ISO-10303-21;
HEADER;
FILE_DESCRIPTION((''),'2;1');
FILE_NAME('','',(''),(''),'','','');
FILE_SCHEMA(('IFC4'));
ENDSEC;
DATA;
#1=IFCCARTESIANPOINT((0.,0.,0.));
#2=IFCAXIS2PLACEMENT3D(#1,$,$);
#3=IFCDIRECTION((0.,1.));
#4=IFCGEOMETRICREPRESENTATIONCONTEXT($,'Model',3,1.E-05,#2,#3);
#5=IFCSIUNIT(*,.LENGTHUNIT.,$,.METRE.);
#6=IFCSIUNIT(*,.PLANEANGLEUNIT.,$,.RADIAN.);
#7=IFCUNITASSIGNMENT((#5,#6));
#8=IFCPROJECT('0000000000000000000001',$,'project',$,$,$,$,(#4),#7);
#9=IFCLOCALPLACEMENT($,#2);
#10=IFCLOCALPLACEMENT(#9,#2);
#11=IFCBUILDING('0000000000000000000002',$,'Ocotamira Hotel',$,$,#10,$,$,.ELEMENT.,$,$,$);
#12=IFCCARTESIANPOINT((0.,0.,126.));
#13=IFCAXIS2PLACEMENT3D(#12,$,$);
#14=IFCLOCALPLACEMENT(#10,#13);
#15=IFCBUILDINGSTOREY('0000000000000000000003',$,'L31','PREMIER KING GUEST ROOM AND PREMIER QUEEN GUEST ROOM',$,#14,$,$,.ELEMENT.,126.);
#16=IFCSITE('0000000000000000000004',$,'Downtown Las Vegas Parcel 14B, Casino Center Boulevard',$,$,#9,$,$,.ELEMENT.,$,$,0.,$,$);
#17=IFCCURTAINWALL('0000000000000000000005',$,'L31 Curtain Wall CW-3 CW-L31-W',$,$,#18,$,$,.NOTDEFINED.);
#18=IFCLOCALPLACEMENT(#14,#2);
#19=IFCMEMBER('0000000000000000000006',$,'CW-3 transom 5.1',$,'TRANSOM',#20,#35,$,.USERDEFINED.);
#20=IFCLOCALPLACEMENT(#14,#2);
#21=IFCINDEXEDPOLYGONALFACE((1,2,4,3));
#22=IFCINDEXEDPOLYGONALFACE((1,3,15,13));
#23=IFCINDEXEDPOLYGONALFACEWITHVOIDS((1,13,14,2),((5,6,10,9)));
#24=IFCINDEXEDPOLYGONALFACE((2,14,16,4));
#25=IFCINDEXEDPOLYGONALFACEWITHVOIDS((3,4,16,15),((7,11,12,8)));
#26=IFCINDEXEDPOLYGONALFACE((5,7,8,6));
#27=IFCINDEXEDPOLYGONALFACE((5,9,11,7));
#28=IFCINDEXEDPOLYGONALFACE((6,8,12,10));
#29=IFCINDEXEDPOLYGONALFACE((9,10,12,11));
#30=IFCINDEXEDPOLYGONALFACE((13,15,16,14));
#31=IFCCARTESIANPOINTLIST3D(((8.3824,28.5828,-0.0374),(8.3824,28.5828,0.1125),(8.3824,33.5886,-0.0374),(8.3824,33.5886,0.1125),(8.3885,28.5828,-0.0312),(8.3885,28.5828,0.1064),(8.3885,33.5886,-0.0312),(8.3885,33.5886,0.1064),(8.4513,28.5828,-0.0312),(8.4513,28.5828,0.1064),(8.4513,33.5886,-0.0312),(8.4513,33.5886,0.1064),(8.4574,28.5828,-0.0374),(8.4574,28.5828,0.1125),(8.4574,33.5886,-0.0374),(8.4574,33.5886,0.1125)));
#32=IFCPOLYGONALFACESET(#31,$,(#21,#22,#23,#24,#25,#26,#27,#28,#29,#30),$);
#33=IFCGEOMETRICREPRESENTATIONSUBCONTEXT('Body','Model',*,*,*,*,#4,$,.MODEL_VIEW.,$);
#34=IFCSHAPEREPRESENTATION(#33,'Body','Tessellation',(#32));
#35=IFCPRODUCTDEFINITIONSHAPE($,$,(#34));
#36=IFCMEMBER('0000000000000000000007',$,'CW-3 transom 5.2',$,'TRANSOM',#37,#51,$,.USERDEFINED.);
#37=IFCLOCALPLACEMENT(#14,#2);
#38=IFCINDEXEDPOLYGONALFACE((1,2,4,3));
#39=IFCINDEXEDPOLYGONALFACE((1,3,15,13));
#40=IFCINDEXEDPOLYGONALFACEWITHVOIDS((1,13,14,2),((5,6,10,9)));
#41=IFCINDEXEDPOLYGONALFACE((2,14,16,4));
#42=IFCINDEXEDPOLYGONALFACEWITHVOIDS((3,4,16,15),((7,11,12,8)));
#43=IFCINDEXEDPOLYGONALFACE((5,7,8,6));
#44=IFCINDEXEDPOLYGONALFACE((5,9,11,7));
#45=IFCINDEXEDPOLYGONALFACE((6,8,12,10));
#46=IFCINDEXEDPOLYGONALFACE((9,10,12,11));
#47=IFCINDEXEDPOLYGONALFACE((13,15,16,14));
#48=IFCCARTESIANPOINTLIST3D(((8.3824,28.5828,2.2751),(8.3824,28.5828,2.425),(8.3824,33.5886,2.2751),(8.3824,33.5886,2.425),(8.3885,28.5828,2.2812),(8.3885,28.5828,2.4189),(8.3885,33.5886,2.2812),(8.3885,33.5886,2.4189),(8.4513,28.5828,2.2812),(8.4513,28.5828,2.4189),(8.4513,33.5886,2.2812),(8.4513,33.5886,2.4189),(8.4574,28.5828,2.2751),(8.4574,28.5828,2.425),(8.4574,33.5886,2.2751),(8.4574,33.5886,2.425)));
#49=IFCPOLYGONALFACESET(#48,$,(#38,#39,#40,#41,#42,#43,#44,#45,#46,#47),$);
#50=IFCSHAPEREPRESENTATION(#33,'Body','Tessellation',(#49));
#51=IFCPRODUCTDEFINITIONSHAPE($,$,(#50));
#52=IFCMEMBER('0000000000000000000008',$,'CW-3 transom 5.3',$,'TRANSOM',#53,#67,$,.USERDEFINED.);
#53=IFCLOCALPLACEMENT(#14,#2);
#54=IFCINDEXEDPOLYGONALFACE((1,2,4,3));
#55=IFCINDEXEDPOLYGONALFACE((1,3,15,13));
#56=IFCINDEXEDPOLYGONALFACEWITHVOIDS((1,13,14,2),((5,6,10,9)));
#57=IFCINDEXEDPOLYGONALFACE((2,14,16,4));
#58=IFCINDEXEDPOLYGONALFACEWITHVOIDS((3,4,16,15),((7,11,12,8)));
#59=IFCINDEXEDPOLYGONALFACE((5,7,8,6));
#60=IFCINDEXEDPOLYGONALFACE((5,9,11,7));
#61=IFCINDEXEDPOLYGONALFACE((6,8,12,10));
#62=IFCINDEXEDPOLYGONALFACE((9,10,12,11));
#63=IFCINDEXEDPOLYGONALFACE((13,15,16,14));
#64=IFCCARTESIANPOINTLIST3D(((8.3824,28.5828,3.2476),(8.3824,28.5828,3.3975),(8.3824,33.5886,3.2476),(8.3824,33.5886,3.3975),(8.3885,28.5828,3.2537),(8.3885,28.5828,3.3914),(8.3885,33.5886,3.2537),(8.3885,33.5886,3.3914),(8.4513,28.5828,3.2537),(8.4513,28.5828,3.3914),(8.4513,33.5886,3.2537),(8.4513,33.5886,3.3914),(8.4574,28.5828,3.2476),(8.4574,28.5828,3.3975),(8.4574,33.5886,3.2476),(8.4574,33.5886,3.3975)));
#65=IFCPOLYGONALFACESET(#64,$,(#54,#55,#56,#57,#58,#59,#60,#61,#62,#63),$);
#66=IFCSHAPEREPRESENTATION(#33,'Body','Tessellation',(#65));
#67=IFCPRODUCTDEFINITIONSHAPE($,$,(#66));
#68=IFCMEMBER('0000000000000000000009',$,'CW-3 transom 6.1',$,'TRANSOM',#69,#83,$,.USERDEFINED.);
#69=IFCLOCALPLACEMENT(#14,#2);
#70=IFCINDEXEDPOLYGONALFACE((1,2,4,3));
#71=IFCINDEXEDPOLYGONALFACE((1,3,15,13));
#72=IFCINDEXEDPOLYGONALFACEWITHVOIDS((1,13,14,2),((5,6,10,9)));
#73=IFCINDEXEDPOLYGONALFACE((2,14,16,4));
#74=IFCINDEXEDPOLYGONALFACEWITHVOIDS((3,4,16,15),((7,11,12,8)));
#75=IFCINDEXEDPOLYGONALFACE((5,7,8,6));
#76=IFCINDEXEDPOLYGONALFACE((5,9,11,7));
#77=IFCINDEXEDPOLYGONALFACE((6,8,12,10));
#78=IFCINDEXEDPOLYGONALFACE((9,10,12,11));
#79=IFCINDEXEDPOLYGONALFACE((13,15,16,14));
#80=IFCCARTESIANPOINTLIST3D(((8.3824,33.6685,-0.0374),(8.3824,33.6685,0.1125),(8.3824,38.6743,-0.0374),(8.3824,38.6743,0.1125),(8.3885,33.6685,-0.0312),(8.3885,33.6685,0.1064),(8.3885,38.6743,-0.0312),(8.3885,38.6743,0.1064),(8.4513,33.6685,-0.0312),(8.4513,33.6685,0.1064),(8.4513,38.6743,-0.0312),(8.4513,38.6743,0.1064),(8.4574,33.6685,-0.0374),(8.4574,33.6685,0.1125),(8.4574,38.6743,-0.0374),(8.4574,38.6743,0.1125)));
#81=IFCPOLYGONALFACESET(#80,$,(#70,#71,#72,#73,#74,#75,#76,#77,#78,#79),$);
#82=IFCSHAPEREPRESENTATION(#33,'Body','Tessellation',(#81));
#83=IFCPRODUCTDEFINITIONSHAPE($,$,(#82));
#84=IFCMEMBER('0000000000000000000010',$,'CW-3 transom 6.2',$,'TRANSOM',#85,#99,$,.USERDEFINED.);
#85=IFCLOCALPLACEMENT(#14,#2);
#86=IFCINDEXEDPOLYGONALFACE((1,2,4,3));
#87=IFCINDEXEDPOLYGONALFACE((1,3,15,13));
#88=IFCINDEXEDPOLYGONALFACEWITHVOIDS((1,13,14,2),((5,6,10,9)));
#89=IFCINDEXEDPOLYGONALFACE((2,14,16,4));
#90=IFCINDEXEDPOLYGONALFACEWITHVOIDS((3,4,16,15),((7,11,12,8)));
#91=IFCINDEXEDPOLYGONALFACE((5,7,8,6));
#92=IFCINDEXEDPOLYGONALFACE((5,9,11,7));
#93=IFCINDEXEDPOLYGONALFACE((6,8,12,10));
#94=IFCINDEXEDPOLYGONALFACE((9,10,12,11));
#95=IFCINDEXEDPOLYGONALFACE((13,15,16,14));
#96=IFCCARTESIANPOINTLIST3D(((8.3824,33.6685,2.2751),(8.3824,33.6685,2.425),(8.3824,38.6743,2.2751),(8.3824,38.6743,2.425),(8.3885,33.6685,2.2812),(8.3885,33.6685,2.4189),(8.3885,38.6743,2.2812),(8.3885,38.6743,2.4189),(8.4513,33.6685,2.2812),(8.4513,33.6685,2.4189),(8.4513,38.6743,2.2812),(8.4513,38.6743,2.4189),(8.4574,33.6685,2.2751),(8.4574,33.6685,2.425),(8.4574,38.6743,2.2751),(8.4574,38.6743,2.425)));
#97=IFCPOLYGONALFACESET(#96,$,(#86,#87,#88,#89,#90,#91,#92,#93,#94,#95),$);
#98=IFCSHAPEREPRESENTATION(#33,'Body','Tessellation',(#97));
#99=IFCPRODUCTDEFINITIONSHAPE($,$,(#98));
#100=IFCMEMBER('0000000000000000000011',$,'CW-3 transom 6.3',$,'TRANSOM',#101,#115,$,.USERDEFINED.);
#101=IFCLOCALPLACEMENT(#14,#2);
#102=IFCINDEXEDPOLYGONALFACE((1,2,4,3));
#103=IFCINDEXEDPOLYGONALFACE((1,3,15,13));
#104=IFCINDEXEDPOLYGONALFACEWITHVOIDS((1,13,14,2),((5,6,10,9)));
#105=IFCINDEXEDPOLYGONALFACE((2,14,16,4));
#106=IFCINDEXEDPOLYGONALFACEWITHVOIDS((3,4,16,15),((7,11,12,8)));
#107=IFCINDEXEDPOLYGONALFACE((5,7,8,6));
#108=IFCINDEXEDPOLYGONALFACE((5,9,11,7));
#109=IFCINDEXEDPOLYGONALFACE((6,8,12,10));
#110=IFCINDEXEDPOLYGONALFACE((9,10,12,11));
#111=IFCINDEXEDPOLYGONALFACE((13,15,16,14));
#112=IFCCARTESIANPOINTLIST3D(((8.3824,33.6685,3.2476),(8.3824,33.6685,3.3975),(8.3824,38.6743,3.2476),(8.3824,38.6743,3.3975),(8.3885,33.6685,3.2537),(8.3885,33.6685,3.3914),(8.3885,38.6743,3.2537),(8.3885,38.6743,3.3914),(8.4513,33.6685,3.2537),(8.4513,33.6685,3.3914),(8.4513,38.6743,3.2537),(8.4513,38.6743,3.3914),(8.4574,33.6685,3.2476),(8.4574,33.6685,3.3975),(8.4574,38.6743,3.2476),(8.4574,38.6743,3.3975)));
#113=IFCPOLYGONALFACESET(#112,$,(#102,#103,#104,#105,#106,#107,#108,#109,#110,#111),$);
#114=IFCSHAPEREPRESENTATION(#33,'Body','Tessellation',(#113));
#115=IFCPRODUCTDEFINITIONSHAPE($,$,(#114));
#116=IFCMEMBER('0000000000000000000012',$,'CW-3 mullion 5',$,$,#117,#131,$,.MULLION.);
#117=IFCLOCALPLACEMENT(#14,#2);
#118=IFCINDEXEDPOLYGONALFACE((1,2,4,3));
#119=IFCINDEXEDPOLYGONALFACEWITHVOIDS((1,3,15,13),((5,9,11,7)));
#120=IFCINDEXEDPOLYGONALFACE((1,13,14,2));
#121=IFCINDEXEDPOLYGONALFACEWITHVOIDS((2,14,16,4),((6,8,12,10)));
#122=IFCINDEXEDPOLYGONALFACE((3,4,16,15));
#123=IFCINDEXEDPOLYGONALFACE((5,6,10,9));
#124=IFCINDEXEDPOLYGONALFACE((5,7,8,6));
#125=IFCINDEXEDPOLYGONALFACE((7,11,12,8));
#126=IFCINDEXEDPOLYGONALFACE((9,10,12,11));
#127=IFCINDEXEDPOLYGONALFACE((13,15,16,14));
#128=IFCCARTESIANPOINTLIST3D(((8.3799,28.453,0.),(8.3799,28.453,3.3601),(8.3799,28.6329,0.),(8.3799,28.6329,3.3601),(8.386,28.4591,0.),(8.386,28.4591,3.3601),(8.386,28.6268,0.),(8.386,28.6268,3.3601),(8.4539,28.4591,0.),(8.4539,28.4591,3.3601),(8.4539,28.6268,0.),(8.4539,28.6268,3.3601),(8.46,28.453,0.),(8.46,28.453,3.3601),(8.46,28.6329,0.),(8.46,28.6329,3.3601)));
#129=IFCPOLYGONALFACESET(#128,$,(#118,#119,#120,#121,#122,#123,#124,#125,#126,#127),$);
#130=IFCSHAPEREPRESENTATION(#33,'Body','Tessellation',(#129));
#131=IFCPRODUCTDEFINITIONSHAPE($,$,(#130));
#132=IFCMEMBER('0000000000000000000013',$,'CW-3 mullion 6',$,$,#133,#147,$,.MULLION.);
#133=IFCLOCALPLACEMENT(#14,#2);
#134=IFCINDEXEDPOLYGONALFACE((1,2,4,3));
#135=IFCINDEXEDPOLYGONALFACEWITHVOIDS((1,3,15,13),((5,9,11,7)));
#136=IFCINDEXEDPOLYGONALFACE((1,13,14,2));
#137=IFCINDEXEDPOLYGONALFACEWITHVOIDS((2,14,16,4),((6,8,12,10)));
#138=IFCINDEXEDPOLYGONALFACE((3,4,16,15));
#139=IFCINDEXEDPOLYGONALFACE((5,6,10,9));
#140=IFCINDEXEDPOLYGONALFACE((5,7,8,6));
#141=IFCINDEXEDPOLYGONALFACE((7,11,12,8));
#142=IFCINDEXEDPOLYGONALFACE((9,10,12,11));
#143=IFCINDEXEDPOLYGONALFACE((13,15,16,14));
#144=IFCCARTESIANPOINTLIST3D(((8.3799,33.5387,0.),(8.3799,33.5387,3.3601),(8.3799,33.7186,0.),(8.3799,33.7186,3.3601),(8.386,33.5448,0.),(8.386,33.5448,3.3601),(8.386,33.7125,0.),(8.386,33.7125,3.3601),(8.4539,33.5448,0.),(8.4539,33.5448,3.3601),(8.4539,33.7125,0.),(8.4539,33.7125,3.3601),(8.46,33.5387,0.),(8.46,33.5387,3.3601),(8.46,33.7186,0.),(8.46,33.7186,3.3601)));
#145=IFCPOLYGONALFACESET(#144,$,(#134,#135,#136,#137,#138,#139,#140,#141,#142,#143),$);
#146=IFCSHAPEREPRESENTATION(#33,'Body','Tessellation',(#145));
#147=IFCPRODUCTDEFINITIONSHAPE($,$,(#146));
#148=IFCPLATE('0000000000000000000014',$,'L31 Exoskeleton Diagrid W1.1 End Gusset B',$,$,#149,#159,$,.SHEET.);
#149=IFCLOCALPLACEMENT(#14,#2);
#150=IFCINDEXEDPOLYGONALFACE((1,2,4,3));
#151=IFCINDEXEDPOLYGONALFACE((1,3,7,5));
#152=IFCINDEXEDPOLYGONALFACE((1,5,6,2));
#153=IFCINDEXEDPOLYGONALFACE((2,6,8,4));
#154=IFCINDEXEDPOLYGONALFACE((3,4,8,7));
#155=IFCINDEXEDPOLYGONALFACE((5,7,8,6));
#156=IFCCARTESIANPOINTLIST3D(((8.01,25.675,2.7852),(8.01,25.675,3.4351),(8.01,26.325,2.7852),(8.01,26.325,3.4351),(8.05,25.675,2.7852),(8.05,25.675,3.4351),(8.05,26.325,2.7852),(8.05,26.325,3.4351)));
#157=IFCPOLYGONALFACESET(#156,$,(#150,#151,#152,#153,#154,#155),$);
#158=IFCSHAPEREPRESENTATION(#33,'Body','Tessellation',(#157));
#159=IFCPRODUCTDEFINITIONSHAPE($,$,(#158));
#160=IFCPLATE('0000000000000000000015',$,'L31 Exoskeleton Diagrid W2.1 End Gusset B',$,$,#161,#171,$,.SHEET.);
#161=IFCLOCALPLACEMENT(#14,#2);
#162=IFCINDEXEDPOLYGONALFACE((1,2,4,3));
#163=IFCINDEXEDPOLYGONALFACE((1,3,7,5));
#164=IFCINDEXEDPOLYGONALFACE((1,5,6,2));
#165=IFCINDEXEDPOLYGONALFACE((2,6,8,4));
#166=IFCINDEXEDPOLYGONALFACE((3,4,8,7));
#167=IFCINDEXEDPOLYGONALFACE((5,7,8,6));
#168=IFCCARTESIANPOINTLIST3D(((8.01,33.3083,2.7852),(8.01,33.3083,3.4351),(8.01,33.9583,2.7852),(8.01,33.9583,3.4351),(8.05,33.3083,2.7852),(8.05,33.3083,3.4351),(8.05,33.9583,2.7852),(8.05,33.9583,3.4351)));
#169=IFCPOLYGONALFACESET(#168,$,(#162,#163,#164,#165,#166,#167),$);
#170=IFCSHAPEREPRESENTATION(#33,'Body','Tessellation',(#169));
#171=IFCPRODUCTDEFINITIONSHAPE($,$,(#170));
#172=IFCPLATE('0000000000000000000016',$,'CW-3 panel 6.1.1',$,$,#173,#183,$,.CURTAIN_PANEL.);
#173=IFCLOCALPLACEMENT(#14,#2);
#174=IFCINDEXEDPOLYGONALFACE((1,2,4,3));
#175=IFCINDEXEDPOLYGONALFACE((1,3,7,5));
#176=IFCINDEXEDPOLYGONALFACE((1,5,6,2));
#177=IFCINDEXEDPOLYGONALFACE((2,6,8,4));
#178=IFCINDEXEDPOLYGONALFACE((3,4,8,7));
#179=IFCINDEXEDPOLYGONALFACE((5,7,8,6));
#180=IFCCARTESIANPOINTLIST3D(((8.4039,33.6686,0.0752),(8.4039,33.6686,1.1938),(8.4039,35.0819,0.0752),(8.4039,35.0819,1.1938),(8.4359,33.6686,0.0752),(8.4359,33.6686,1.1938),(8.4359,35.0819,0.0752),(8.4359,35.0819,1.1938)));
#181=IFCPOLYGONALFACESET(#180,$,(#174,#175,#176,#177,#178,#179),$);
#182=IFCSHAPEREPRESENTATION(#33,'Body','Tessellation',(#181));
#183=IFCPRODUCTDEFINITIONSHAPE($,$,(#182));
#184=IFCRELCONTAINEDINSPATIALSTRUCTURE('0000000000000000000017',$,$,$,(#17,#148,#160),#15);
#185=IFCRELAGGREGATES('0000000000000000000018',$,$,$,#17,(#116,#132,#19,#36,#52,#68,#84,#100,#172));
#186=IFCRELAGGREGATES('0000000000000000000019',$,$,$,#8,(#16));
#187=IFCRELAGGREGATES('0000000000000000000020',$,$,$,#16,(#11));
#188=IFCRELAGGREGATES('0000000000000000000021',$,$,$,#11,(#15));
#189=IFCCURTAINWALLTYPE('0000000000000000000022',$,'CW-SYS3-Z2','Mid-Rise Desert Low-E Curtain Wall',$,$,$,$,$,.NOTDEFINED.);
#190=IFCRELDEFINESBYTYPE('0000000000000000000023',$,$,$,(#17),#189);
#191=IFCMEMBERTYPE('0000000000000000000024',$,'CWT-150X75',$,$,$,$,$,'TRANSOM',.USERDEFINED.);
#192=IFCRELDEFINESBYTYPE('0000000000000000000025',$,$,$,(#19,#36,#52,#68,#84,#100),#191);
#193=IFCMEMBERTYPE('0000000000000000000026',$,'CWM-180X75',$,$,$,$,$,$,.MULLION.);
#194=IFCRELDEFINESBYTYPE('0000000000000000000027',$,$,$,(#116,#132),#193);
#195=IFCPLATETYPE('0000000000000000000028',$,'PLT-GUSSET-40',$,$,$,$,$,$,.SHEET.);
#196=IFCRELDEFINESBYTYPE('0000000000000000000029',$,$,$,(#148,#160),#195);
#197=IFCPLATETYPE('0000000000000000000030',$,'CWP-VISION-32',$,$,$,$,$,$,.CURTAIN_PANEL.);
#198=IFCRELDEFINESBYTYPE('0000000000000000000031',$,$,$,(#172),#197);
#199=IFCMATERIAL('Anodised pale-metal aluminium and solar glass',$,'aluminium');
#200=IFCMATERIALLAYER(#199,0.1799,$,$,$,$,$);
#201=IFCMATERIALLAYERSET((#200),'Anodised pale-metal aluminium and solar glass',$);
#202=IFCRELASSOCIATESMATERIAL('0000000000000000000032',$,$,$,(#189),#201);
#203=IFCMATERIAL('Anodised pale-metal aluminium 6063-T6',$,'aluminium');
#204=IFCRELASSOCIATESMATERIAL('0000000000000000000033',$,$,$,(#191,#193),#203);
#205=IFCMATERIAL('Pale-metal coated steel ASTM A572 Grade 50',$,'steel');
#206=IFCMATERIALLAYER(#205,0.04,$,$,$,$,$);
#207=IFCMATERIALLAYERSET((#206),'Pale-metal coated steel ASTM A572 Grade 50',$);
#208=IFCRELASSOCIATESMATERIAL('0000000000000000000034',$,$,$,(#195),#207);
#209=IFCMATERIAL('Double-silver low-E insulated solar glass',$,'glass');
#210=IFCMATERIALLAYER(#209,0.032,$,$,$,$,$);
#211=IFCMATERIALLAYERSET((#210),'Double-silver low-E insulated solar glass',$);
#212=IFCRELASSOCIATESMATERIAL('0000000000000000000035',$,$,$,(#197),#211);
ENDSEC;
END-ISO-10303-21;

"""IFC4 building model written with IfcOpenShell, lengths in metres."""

from ifc_helpers import new_model, si_unit, direction, frame, origin, origin_2d, place, context, subcontext, project, spatial, rectangle, hollow_rectangle, extrude, source, transform, mapped, material, layer, layer_set, material_profile, profile_set, type_object, element, aggregate, save


model = new_model("IFC4")

# Units and contexts
model_context = context("Model", 3, precision=1e-05, world=origin(), true_north=direction((0.0, 1.0)))
body_context = subcontext(model_context, "Body", "Model", "MODEL_VIEW")
ifc_project = project(units=[si_unit("LENGTHUNIT", "METRE"), si_unit("PLANEANGLEUNIT", "RADIAN")], contexts=[model_context])

# Site, building, storey
site_placement = place(None, origin())
site = spatial("IfcSite", under=ifc_project, at=site_placement, Name="Downtown Las Vegas Parcel 14B, Casino Center Boulevard", CompositionType="ELEMENT", RefElevation=0.0)
building_placement = place(site_placement, origin())
building = spatial("IfcBuilding", under=site, at=building_placement, Name="Ocotamira Hotel", CompositionType="ELEMENT")
storey_placement = place(building_placement, frame((0.0, 0.0, 126.0)))
storey = spatial("IfcBuildingStorey", under=building, at=storey_placement, Name="L31", Description="PREMIER KING GUEST ROOM AND PREMIER QUEEN GUEST ROOM", CompositionType="ELEMENT", Elevation=126.0)

# Curtain wall, members
ifc_material_1 = material(Name="Anodised pale-metal aluminium and solar glass", Category="aluminium")
ifc_layer_1 = layer(ifc_material_1, 0.1799)
ifc_layer_set_1 = layer_set([ifc_layer_1], Name="Anodised pale-metal aluminium and solar glass")
curtain_wall_type = type_object("IfcCurtainWallType", Name="CW-SYS3-Z2", Description="Mid-Rise Desert Low-E Curtain Wall", PredefinedType="NOTDEFINED", material=ifc_layer_set_1)
curtain_wall_placement = place(storey_placement, origin())
curtain_wall = element("IfcCurtainWall", 1, at=curtain_wall_placement, inside=storey, type_object=curtain_wall_type, Name="L31 Curtain Wall CW-3 CW-L31-W", PredefinedType="NOTDEFINED")
ifc_material_2 = material(Name="Anodised pale-metal aluminium 6063-T6", Category="aluminium")
ifc_material_profile_1 = material_profile(ifc_material_2, hollow_rectangle(XDim=0.075, YDim=0.1499, WallThickness=0.0061, at=origin_2d()), Name="HSS150X75X6")
ifc_profile_set_1 = profile_set([ifc_material_profile_1], Name="Anodised pale-metal aluminium 6063-T6")
member_type_1 = type_object("IfcMemberType", Name="CWT-150X75", ElementType="TRANSOM", PredefinedType="USERDEFINED", material=ifc_profile_set_1)
shared_shape_1 = source(origin(), body_context, "Body", "SweptSolid", [
    extrude(hollow_rectangle(XDim=0.075, YDim=0.1499, WallThickness=0.0061, at=origin_2d()), origin(), (0.0, 0.0, 1.0), 5.0059),
])
member_1_placement = place(storey_placement, frame((8.4199, 28.5828, 0.0376), z_axis=(0.0, 1.0, 0.0), x_axis=(-1.0, 0.0, 0.0)))
member_1 = element("IfcMember", 2, at=member_1_placement, type_object=member_type_1, Name="CW-3 transom 5.1", ObjectType="TRANSOM", PredefinedType="USERDEFINED", context=body_context, shape_type="MappedRepresentation", body=[
    mapped(shared_shape_1, transform((0.0, 0.0, 0.0), scale=1.0)),
])
member_2_placement = place(storey_placement, frame((8.4199, 28.5828, 2.3501), z_axis=(0.0, 1.0, 0.0), x_axis=(-1.0, 0.0, 0.0)))
member_2 = element("IfcMember", 3, at=member_2_placement, type_object=member_type_1, Name="CW-3 transom 5.2", ObjectType="TRANSOM", PredefinedType="USERDEFINED", context=body_context, shape_type="MappedRepresentation", body=[
    mapped(shared_shape_1, transform((0.0, 0.0, 0.0), scale=1.0)),
])
member_3_placement = place(storey_placement, frame((8.4199, 28.5828, 3.3225), z_axis=(0.0, 1.0, 0.0), x_axis=(-1.0, 0.0, 0.0)))
member_3 = element("IfcMember", 4, at=member_3_placement, type_object=member_type_1, Name="CW-3 transom 5.3", ObjectType="TRANSOM", PredefinedType="USERDEFINED", context=body_context, shape_type="MappedRepresentation", body=[
    mapped(shared_shape_1, transform((0.0, 0.0, 0.0), scale=1.0)),
])
member_4_placement = place(storey_placement, frame((8.4199, 33.6685, 0.0376), z_axis=(0.0, 1.0, 0.0), x_axis=(-1.0, 0.0, 0.0)))
member_4 = element("IfcMember", 5, at=member_4_placement, type_object=member_type_1, Name="CW-3 transom 6.1", ObjectType="TRANSOM", PredefinedType="USERDEFINED", context=body_context, shape_type="MappedRepresentation", body=[
    mapped(shared_shape_1, transform((0.0, 0.0, 0.0), scale=1.0)),
])
member_5_placement = place(storey_placement, frame((8.4199, 33.6685, 2.3501), z_axis=(0.0, 1.0, 0.0), x_axis=(-1.0, 0.0, 0.0)))
member_5 = element("IfcMember", 6, at=member_5_placement, type_object=member_type_1, Name="CW-3 transom 6.2", ObjectType="TRANSOM", PredefinedType="USERDEFINED", context=body_context, shape_type="MappedRepresentation", body=[
    mapped(shared_shape_1, transform((0.0, 0.0, 0.0), scale=1.0)),
])
member_6_placement = place(storey_placement, frame((8.4199, 33.6685, 3.3225), z_axis=(0.0, 1.0, 0.0), x_axis=(-1.0, 0.0, 0.0)))
member_6 = element("IfcMember", 7, at=member_6_placement, type_object=member_type_1, Name="CW-3 transom 6.3", ObjectType="TRANSOM", PredefinedType="USERDEFINED", context=body_context, shape_type="MappedRepresentation", body=[
    mapped(shared_shape_1, transform((0.0, 0.0, 0.0), scale=1.0)),
])
ifc_material_profile_2 = material_profile(ifc_material_2, hollow_rectangle(XDim=0.0801, YDim=0.1799, WallThickness=0.0061, at=origin_2d()), Name="HSS180X80X6")
ifc_profile_set_2 = profile_set([ifc_material_profile_2], Name="Anodised pale-metal aluminium 6063-T6")
member_type_2 = type_object("IfcMemberType", Name="CWM-180X75", PredefinedType="MULLION", material=ifc_profile_set_2)
shared_shape_2 = source(origin(), body_context, "Body", "SweptSolid", [
    extrude(hollow_rectangle(XDim=0.0801, YDim=0.1799, WallThickness=0.0061, at=origin_2d()), origin(), (0.0, 0.0, 1.0), 3.3601),
])
member_7_placement = place(storey_placement, frame((8.4199, 28.543, 0.0), z_axis=(0.0, 0.0, 1.0), x_axis=(-1.0, 0.0, 0.0)))
member_7 = element("IfcMember", 8, at=member_7_placement, type_object=member_type_2, Name="CW-3 mullion 5", PredefinedType="MULLION", context=body_context, shape_type="MappedRepresentation", body=[
    mapped(shared_shape_2, transform((0.0, 0.0, 0.0), scale=1.0)),
])
member_8_placement = place(storey_placement, frame((8.4199, 33.6287, 0.0), z_axis=(0.0, 0.0, 1.0), x_axis=(-1.0, 0.0, 0.0)))
member_8 = element("IfcMember", 9, at=member_8_placement, type_object=member_type_2, Name="CW-3 mullion 6", PredefinedType="MULLION", context=body_context, shape_type="MappedRepresentation", body=[
    mapped(shared_shape_2, transform((0.0, 0.0, 0.0), scale=1.0)),
])

# Plates
ifc_material_3 = material(Name="Pale-metal coated steel ASTM A572 Grade 50", Category="steel")
ifc_layer_2 = layer(ifc_material_3, 0.04)
ifc_layer_set_2 = layer_set([ifc_layer_2], Name="Pale-metal coated steel ASTM A572 Grade 50")
plate_type_1 = type_object("IfcPlateType", Name="PLT-GUSSET-40", PredefinedType="SHEET", material=ifc_layer_set_2)
shared_shape_3 = source(origin(), body_context, "Body", "SweptSolid", [
    extrude(rectangle(XDim=0.04, YDim=0.6499, at=origin_2d()), origin(), (0.0, 0.0, 1.0), 0.6499),
])
for number, where, z_axis, x_axis, name in (
    (10, (8.03, 26.0, 2.7852), (0.0, 0.0, 1.0), (1.0, 0.0, 0.0), "L31 Exoskeleton Diagrid W1.1 End Gusset B"),
    (11, (8.03, 33.6333, 2.7852), (0.0, 0.0, 1.0), (1.0, 0.0, 0.0), "L31 Exoskeleton Diagrid W2.1 End Gusset B"),
):
    element("IfcPlate", number, at=place(storey_placement, frame(where, z_axis=z_axis, x_axis=x_axis)), inside=storey, type_object=plate_type_1, Name=name, PredefinedType="SHEET", context=body_context, shape_type="MappedRepresentation", body=[
        mapped(shared_shape_3, transform((0.0, 0.0, 0.0), scale=1.0)),
    ])

# Plate
ifc_material_4 = material(Name="Double-silver low-E insulated solar glass", Category="glass")
ifc_layer_3 = layer(ifc_material_4, 0.032)
ifc_layer_set_3 = layer_set([ifc_layer_3], Name="Double-silver low-E insulated solar glass")
plate_type_2 = type_object("IfcPlateType", Name="CWP-VISION-32", PredefinedType="CURTAIN_PANEL", material=ifc_layer_set_3)
shared_shape_4 = source(origin(), body_context, "Body", "SweptSolid", [
    extrude(rectangle(XDim=1.4133, YDim=0.032, at=origin_2d()), origin(), (0.0, 0.0, 1.0), 1.1187),
])
plate_1_placement = place(storey_placement, frame((8.4199, 34.3752, 0.0752), z_axis=(0.0, 0.0, 1.0), x_axis=(0.0, 1.0, 0.0)))
plate_1 = element("IfcPlate", 12, at=plate_1_placement, type_object=plate_type_2, Name="CW-3 panel 6.1.1", PredefinedType="CURTAIN_PANEL", context=body_context, shape_type="MappedRepresentation", body=[
    mapped(shared_shape_4, transform((0.0, 0.0, 0.0), scale=1.0)),
])
aggregate(curtain_wall, [member_7, member_8, member_1, member_2, member_3, member_4, member_5, member_6, plate_1])

save(model, "model.ifc")
